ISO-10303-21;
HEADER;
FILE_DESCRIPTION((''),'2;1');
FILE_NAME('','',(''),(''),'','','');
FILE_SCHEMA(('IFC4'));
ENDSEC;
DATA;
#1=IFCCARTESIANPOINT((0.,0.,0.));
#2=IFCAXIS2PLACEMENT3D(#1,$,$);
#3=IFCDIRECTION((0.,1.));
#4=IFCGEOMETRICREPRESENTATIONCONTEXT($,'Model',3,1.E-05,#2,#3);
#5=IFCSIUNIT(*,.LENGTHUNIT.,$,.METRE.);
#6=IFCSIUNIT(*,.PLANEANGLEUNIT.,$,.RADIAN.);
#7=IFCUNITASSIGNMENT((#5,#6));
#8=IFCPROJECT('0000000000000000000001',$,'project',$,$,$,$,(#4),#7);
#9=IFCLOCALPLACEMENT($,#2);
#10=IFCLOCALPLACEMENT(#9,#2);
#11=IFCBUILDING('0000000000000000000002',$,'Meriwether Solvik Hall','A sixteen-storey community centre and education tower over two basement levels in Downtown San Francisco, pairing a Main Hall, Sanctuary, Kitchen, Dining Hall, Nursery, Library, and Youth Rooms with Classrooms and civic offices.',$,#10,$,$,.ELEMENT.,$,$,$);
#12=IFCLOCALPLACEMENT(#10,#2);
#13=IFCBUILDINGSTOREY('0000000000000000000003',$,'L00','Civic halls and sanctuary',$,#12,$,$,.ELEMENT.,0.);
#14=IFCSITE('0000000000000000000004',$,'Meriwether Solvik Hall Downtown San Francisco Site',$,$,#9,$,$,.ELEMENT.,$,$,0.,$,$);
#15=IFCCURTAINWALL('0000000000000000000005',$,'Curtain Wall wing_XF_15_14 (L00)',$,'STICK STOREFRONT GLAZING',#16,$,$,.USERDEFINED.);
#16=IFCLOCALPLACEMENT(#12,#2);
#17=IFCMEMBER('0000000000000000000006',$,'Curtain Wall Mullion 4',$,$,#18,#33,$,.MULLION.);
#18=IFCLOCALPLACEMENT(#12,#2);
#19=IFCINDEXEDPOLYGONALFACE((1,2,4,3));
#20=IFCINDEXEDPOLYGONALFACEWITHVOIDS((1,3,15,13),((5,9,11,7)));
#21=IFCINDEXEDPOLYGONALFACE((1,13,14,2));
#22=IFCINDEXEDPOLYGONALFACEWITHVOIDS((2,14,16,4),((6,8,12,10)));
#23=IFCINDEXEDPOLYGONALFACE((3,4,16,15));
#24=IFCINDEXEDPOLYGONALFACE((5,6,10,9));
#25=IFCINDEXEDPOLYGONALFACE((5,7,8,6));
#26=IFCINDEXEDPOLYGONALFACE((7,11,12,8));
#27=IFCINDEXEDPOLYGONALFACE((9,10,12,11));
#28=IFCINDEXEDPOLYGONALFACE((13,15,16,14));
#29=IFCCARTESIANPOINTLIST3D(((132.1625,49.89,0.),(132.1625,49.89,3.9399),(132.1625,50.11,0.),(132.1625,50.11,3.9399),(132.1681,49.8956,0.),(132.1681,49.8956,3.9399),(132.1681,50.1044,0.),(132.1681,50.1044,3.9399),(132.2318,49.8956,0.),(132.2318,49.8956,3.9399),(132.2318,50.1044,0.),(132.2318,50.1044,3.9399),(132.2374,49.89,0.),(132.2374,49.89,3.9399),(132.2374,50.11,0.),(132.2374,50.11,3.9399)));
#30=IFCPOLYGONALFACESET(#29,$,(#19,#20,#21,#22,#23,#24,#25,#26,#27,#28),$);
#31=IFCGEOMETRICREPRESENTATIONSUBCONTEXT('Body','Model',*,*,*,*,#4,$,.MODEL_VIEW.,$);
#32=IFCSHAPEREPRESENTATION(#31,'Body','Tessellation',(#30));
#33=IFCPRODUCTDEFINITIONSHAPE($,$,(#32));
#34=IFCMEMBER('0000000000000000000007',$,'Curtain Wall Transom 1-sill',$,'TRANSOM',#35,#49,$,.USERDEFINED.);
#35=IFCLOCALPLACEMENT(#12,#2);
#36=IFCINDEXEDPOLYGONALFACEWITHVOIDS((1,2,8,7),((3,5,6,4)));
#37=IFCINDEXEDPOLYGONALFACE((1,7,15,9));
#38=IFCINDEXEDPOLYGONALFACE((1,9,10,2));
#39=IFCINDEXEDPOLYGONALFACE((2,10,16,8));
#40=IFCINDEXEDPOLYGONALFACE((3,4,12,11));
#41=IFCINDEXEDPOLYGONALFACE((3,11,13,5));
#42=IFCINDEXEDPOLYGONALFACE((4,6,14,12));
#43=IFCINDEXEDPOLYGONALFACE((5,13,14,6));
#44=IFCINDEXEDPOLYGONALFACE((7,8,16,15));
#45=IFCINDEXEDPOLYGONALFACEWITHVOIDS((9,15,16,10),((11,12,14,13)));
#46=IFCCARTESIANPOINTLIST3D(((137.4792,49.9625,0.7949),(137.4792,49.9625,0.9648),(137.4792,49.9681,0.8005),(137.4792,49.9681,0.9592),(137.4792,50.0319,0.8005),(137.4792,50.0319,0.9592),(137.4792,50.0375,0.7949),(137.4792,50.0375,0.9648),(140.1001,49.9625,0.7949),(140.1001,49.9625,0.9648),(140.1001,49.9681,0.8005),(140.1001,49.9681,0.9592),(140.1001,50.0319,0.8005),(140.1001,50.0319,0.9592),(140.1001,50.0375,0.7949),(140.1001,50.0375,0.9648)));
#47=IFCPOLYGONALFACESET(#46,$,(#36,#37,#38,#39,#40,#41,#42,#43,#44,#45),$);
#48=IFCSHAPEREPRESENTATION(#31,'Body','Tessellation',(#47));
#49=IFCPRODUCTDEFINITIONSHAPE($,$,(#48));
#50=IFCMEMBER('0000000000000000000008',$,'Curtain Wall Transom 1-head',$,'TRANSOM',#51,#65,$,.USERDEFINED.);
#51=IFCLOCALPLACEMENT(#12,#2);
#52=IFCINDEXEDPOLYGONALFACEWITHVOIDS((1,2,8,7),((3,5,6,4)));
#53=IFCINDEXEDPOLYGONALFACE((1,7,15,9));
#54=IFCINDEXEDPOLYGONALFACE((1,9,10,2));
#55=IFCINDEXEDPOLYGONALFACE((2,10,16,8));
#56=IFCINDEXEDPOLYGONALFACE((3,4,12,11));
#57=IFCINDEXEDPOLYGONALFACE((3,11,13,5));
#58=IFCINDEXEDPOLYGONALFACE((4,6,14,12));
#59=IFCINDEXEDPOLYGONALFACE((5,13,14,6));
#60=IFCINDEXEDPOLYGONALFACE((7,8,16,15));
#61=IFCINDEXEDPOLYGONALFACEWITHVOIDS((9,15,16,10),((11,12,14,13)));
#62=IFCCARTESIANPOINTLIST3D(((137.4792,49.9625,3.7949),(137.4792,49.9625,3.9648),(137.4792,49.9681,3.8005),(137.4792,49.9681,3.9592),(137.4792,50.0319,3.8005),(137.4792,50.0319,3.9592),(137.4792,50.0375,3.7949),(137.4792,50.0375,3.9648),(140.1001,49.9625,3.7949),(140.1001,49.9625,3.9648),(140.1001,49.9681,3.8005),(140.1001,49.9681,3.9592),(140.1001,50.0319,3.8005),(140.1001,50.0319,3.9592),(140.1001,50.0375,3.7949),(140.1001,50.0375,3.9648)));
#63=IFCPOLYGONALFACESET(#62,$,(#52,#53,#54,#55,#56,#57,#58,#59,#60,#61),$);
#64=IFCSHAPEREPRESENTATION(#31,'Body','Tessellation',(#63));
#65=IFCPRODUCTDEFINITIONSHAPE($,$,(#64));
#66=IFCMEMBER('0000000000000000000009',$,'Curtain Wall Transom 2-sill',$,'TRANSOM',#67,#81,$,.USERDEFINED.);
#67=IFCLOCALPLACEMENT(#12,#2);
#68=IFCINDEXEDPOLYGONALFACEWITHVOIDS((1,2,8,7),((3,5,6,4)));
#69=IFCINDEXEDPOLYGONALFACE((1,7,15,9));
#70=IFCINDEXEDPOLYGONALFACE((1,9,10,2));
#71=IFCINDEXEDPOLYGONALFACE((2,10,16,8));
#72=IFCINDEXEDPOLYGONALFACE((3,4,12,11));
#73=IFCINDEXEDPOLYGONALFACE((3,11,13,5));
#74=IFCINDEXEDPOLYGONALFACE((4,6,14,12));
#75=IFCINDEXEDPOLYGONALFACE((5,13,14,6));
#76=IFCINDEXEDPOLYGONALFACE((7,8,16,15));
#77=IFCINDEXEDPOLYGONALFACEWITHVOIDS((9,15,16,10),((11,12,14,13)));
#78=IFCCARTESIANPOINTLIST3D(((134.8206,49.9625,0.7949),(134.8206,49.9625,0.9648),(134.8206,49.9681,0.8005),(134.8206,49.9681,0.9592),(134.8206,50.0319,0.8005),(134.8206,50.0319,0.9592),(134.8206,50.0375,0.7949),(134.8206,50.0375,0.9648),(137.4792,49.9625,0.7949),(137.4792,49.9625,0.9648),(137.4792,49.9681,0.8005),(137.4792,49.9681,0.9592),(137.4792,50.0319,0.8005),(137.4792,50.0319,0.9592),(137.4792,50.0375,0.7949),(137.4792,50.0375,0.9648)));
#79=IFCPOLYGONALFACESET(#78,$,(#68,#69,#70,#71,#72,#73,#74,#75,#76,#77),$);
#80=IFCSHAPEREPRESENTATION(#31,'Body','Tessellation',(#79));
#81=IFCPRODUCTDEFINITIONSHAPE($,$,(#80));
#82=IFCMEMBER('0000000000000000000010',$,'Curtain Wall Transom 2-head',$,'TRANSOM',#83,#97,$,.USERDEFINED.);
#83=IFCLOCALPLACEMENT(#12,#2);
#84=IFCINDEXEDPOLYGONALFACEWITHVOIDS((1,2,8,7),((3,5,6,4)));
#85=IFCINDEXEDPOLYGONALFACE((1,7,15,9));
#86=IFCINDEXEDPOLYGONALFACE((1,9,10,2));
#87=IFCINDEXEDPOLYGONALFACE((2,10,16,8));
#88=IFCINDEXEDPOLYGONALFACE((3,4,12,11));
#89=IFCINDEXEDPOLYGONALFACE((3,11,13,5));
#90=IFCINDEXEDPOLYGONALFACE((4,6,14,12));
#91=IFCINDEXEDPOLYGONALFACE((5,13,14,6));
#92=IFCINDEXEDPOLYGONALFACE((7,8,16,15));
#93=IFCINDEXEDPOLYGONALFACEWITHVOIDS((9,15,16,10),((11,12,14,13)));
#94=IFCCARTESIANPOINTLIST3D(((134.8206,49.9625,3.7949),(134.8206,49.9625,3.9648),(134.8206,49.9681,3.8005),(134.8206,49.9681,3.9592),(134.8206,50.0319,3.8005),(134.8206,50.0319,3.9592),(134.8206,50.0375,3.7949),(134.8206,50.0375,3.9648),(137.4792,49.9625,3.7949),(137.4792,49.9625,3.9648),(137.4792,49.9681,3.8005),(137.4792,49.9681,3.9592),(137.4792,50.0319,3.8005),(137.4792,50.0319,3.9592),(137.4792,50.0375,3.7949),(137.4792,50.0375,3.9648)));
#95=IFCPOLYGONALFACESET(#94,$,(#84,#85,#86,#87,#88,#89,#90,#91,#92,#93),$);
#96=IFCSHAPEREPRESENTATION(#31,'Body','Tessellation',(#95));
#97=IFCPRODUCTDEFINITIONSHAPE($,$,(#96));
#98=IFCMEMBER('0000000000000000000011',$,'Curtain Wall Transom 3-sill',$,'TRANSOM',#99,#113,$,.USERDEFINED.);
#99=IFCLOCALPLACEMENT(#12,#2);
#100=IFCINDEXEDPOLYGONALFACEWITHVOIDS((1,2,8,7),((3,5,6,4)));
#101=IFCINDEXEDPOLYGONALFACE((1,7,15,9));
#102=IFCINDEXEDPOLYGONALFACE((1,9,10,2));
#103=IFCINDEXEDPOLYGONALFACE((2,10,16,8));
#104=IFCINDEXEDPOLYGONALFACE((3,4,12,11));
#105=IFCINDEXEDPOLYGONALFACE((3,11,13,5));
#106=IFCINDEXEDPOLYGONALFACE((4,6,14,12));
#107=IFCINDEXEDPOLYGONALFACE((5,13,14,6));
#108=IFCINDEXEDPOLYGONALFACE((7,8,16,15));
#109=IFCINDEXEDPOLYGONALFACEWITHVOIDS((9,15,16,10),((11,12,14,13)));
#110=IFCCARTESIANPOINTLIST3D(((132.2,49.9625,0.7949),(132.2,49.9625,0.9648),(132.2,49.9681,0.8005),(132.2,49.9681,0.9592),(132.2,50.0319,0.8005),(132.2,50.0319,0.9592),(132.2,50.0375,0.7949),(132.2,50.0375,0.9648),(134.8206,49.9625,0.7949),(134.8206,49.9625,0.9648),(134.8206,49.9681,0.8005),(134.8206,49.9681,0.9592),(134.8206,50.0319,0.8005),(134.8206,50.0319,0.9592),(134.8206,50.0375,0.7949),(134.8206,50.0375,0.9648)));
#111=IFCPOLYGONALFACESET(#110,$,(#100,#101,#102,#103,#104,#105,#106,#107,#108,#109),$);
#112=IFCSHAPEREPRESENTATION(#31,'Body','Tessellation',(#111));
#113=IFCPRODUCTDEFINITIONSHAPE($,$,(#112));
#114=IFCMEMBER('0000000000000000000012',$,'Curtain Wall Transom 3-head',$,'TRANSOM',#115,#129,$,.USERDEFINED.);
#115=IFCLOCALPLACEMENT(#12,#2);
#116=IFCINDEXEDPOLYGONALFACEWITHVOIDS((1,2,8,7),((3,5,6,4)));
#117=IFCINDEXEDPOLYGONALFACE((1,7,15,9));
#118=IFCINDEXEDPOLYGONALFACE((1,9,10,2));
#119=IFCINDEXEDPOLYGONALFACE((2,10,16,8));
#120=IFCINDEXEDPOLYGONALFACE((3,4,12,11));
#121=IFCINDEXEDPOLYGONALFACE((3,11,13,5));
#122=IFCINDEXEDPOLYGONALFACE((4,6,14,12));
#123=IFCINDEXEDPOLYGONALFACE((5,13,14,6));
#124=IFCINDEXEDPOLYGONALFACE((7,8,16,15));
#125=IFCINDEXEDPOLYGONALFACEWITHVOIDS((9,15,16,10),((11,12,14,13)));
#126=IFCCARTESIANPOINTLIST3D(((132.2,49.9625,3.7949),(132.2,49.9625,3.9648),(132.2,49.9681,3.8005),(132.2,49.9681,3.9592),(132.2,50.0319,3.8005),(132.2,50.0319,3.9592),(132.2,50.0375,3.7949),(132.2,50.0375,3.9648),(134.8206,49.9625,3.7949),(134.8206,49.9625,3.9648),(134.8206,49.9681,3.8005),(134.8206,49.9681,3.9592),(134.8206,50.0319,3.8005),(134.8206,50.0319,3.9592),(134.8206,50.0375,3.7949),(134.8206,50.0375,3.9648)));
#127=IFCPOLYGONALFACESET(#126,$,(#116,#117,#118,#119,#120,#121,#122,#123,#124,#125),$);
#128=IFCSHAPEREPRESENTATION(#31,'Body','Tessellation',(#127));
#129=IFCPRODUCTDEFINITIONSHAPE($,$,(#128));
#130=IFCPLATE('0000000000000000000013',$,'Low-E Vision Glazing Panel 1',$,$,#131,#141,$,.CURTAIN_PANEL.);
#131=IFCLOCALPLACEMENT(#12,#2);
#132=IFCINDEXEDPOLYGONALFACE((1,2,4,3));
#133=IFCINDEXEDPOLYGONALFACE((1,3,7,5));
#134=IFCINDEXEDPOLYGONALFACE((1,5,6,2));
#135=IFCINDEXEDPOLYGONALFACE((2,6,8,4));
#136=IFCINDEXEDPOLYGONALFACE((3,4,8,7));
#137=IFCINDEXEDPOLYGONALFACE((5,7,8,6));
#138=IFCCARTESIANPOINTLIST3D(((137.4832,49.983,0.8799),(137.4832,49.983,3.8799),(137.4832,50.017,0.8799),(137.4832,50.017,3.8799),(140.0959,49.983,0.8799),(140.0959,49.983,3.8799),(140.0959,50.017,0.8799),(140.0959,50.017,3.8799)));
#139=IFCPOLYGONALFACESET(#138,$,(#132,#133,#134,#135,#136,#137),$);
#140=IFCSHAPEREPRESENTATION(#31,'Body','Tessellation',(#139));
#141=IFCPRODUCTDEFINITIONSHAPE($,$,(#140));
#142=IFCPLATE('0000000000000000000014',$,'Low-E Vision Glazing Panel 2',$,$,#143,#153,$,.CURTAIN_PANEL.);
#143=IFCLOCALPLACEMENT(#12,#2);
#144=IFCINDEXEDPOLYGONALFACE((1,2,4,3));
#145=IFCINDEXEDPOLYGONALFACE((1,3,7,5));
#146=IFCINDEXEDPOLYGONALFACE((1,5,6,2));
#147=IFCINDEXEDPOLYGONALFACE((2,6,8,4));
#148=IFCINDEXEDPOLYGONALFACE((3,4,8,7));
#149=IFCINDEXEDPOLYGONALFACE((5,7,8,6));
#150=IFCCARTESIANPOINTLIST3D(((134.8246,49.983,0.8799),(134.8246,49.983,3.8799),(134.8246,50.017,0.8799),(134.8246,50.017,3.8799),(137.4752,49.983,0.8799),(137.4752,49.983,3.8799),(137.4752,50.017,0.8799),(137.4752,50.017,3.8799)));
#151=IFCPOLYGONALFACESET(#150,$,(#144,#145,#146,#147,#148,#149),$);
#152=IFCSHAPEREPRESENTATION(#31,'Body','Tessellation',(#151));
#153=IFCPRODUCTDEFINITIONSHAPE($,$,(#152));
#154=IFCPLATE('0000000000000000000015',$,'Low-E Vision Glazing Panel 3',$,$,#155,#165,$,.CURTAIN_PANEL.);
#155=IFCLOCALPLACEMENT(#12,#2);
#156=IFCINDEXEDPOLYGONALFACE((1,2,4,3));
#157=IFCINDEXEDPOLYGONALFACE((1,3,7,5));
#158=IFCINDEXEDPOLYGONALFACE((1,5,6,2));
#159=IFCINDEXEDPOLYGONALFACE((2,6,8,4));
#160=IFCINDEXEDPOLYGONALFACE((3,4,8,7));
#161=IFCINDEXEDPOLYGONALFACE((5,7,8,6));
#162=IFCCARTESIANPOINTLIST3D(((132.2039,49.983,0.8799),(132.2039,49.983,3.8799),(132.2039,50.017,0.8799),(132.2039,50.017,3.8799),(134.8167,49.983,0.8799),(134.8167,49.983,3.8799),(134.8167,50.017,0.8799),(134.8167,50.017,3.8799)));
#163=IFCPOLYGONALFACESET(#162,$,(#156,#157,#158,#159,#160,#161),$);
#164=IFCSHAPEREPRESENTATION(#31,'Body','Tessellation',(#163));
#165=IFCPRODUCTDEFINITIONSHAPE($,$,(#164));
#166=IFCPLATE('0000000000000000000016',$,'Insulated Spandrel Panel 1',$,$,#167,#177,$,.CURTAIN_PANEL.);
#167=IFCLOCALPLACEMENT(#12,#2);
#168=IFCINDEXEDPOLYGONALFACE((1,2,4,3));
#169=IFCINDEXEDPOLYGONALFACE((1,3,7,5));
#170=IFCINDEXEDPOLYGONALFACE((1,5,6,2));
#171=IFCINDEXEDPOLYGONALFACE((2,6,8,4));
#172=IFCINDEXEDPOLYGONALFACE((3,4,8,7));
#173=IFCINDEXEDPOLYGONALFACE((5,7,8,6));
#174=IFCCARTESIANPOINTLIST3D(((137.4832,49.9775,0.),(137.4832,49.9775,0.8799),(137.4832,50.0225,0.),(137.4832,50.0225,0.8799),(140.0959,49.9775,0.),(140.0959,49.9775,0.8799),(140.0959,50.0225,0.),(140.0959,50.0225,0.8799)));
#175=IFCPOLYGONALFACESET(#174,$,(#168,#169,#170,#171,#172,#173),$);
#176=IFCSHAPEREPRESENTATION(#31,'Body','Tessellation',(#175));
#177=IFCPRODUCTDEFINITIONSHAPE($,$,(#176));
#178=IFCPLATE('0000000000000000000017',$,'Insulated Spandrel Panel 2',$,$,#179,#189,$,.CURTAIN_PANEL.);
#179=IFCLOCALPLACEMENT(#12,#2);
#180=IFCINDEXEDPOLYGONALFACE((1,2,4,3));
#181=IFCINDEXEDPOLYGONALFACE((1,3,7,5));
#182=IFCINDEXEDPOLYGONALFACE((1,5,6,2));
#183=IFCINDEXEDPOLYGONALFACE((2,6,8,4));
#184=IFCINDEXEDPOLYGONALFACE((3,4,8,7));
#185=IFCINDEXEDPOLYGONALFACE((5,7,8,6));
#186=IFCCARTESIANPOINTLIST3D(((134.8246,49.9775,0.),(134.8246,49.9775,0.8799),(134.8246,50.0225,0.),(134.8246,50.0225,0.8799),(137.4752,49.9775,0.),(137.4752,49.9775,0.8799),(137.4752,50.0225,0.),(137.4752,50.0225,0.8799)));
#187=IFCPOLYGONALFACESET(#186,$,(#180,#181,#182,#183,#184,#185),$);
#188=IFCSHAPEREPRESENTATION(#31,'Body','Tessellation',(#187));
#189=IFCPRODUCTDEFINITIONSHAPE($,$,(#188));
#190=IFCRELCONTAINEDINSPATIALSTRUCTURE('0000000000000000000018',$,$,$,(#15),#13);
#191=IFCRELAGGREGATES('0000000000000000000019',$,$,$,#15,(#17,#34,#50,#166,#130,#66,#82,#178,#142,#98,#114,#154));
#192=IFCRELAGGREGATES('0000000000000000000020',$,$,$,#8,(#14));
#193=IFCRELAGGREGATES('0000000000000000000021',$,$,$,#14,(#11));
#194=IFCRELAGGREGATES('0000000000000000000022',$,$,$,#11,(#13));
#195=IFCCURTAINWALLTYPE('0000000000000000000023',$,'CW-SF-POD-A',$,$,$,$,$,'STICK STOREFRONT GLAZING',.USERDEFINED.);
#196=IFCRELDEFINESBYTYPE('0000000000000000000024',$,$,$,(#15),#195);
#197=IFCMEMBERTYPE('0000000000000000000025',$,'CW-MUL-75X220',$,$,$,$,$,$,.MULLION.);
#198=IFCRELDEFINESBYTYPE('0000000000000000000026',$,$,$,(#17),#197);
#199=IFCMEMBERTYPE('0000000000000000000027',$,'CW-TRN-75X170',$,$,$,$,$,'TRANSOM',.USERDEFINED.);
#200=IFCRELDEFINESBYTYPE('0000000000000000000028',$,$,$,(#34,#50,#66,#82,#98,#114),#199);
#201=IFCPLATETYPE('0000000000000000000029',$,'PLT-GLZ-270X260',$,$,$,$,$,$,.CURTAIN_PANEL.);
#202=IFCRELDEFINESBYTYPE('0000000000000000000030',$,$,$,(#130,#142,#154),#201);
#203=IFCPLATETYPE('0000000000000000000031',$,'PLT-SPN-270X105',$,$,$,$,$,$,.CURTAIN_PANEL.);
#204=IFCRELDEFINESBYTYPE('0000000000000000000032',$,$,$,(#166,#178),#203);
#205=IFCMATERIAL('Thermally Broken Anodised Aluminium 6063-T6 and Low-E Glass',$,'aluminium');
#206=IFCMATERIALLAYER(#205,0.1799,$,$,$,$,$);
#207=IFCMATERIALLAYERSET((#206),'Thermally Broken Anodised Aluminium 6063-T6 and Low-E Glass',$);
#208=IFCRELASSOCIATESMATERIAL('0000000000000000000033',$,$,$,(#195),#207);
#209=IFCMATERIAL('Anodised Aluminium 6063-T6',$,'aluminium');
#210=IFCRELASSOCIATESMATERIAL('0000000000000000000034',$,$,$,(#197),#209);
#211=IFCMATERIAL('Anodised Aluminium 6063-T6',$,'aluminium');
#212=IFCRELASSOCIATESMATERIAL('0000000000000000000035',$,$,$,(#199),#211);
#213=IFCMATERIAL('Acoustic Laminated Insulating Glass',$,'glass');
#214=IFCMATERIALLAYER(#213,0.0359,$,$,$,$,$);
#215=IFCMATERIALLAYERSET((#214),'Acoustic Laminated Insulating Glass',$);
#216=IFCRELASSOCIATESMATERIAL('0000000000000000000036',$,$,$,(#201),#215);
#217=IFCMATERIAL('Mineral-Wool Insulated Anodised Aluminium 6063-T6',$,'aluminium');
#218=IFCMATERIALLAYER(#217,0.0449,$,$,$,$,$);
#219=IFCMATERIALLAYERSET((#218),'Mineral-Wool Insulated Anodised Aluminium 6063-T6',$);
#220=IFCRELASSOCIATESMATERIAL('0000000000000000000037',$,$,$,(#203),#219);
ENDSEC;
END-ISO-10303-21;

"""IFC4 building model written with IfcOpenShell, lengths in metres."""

from ifc_helpers import new_model, si_unit, direction, frame, origin, origin_2d, place, context, subcontext, project, spatial, rectangle, hollow_rectangle, extrude, material, layer, layer_set, material_profile, profile_set, type_object, element, aggregate, save


model = new_model("IFC4")

# Units and contexts
model_context = context("Model", 3, precision=1e-05, world=origin(), true_north=direction((0.0, 1.0)))
body_context = subcontext(model_context, "Body", "Model", "MODEL_VIEW")
ifc_project = project(units=[si_unit("LENGTHUNIT", "METRE"), si_unit("PLANEANGLEUNIT", "RADIAN")], contexts=[model_context])

# Site, building, storey
site_placement = place(None, origin())
site = spatial("IfcSite", under=ifc_project, at=site_placement, Name="Meriwether Solvik Hall Downtown San Francisco Site", CompositionType="ELEMENT", RefElevation=0.0)
building_placement = place(site_placement, origin())
building = spatial("IfcBuilding", under=site, at=building_placement, Name="Meriwether Solvik Hall", Description="A sixteen-storey community centre and education tower over two basement levels in Downtown San Francisco, pairing a Main Hall, Sanctuary, Kitchen, Dining Hall, Nursery, Library, and Youth Rooms with Classrooms and civic offices.", CompositionType="ELEMENT")
storey_placement = place(building_placement, origin())
storey = spatial("IfcBuildingStorey", under=building, at=storey_placement, Name="L00", Description="Civic halls and sanctuary", CompositionType="ELEMENT", Elevation=0.0)

# Curtain wall, members, plates
ifc_material_1 = material(Name="Thermally Broken Anodised Aluminium 6063-T6 and Low-E Glass", Category="aluminium")
ifc_layer_1 = layer(ifc_material_1, 0.1799)
ifc_layer_set_1 = layer_set([ifc_layer_1], Name="Thermally Broken Anodised Aluminium 6063-T6 and Low-E Glass")
curtain_wall_type = type_object("IfcCurtainWallType", Name="CW-SF-POD-A", ElementType="STICK STOREFRONT GLAZING", PredefinedType="USERDEFINED", material=ifc_layer_set_1)
curtain_wall_placement = place(storey_placement, origin())
curtain_wall = element("IfcCurtainWall", 1, at=curtain_wall_placement, inside=storey, type_object=curtain_wall_type, Name="Curtain Wall wing_XF_15_14 (L00)", ObjectType="STICK STOREFRONT GLAZING", PredefinedType="USERDEFINED")
ifc_material_2 = material(Name="Anodised Aluminium 6063-T6", Category="aluminium")
ifc_material_profile_1 = material_profile(ifc_material_2, hollow_rectangle(XDim=0.075, YDim=0.22, WallThickness=0.0056, at=origin_2d()), Name="CWM-75X220")
ifc_profile_set_1 = profile_set([ifc_material_profile_1], Name="Anodised Aluminium 6063-T6")
member_type_1 = type_object("IfcMemberType", Name="CW-MUL-75X220", PredefinedType="MULLION", material=ifc_profile_set_1)
member_1_placement = place(storey_placement, frame((132.2, 50.0, 0.0), z_axis=(0.0, 0.0, 1.0), x_axis=(-1.0, 0.0, 0.0)))
member_1 = element("IfcMember", 2, at=member_1_placement, type_object=member_type_1, Name="Curtain Wall Mullion 4", PredefinedType="MULLION", context=body_context, shape_type="SweptSolid", body=[
    extrude(hollow_rectangle(XDim=0.075, YDim=0.22, WallThickness=0.0056, at=origin_2d()), origin(), (0.0, 0.0, 1.0), 3.9399),
])
ifc_material_3 = material(Name="Anodised Aluminium 6063-T6", Category="aluminium")
ifc_material_profile_2 = material_profile(ifc_material_3, hollow_rectangle(XDim=0.075, YDim=0.1699, WallThickness=0.0056, at=origin_2d()), Name="CWT-75X170")
ifc_profile_set_2 = profile_set([ifc_material_profile_2], Name="Anodised Aluminium 6063-T6")
member_type_2 = type_object("IfcMemberType", Name="CW-TRN-75X170", ElementType="TRANSOM", PredefinedType="USERDEFINED", material=ifc_profile_set_2)
member_2_placement = place(storey_placement, frame((140.1001, 50.0, 0.8799), z_axis=(-1.0, 0.0, 0.0), x_axis=(0.0, -1.0, 0.0)))
member_2 = element("IfcMember", 3, at=member_2_placement, type_object=member_type_2, Name="Curtain Wall Transom 1-sill", ObjectType="TRANSOM", PredefinedType="USERDEFINED", context=body_context, shape_type="SweptSolid", body=[
    extrude(hollow_rectangle(XDim=0.075, YDim=0.1699, WallThickness=0.0056, at=origin_2d()), origin(), (0.0, 0.0, 1.0), 2.6208),
])
member_3_placement = place(storey_placement, frame((140.1001, 50.0, 3.8799), z_axis=(-1.0, 0.0, 0.0), x_axis=(0.0, -1.0, 0.0)))
member_3 = element("IfcMember", 4, at=member_3_placement, type_object=member_type_2, Name="Curtain Wall Transom 1-head", ObjectType="TRANSOM", PredefinedType="USERDEFINED", context=body_context, shape_type="SweptSolid", body=[
    extrude(hollow_rectangle(XDim=0.075, YDim=0.1699, WallThickness=0.0056, at=origin_2d()), origin(), (0.0, 0.0, 1.0), 2.6208),
])
member_4_placement = place(storey_placement, frame((137.4792, 50.0, 0.8799), z_axis=(-1.0, 0.0, 0.0), x_axis=(0.0, -1.0, 0.0)))
member_4 = element("IfcMember", 5, at=member_4_placement, type_object=member_type_2, Name="Curtain Wall Transom 2-sill", ObjectType="TRANSOM", PredefinedType="USERDEFINED", context=body_context, shape_type="SweptSolid", body=[
    extrude(hollow_rectangle(XDim=0.075, YDim=0.1699, WallThickness=0.0056, at=origin_2d()), origin(), (0.0, 0.0, 1.0), 2.6587),
])
member_5_placement = place(storey_placement, frame((137.4792, 50.0, 3.8799), z_axis=(-1.0, 0.0, 0.0), x_axis=(0.0, -1.0, 0.0)))
member_5 = element("IfcMember", 6, at=member_5_placement, type_object=member_type_2, Name="Curtain Wall Transom 2-head", ObjectType="TRANSOM", PredefinedType="USERDEFINED", context=body_context, shape_type="SweptSolid", body=[
    extrude(hollow_rectangle(XDim=0.075, YDim=0.1699, WallThickness=0.0056, at=origin_2d()), origin(), (0.0, 0.0, 1.0), 2.6587),
])
member_6_placement = place(storey_placement, frame((134.8206, 50.0, 0.8799), z_axis=(-1.0, 0.0, 0.0), x_axis=(0.0, -1.0, 0.0)))
member_6 = element("IfcMember", 7, at=member_6_placement, type_object=member_type_2, Name="Curtain Wall Transom 3-sill", ObjectType="TRANSOM", PredefinedType="USERDEFINED", context=body_context, shape_type="SweptSolid", body=[
    extrude(hollow_rectangle(XDim=0.075, YDim=0.1699, WallThickness=0.0056, at=origin_2d()), origin(), (0.0, 0.0, 1.0), 2.6206),
])
member_7_placement = place(storey_placement, frame((134.8206, 50.0, 3.8799), z_axis=(-1.0, 0.0, 0.0), x_axis=(0.0, -1.0, 0.0)))
member_7 = element("IfcMember", 8, at=member_7_placement, type_object=member_type_2, Name="Curtain Wall Transom 3-head", ObjectType="TRANSOM", PredefinedType="USERDEFINED", context=body_context, shape_type="SweptSolid", body=[
    extrude(hollow_rectangle(XDim=0.075, YDim=0.1699, WallThickness=0.0056, at=origin_2d()), origin(), (0.0, 0.0, 1.0), 2.6206),
])
ifc_material_4 = material(Name="Acoustic Laminated Insulating Glass", Category="glass")
ifc_layer_2 = layer(ifc_material_4, 0.0359)
ifc_layer_set_2 = layer_set([ifc_layer_2], Name="Acoustic Laminated Insulating Glass")
plate_type_1 = type_object("IfcPlateType", Name="PLT-GLZ-270X260", PredefinedType="CURTAIN_PANEL", material=ifc_layer_set_2)
plate_1_placement = place(storey_placement, frame((138.7896, 50.0, 0.8799), z_axis=(0.0, 0.0, 1.0), x_axis=(-1.0, 0.0, 0.0)))
plate_1 = element("IfcPlate", 9, at=plate_1_placement, type_object=plate_type_1, Name="Low-E Vision Glazing Panel 1", PredefinedType="CURTAIN_PANEL", context=body_context, shape_type="SweptSolid", body=[
    extrude(rectangle(XDim=2.6128, YDim=0.0339, at=origin_2d()), origin(), (0.0, 0.0, 1.0), 3.0),
])
plate_2_placement = place(storey_placement, frame((136.1499, 50.0, 0.8799), z_axis=(0.0, 0.0, 1.0), x_axis=(-1.0, 0.0, 0.0)))
plate_2 = element("IfcPlate", 10, at=plate_2_placement, type_object=plate_type_1, Name="Low-E Vision Glazing Panel 2", PredefinedType="CURTAIN_PANEL", context=body_context, shape_type="SweptSolid", body=[
    extrude(rectangle(XDim=2.6506, YDim=0.0339, at=origin_2d()), origin(), (0.0, 0.0, 1.0), 3.0),
])
plate_3_placement = place(storey_placement, frame((133.5103, 50.0, 0.8799), z_axis=(0.0, 0.0, 1.0), x_axis=(-1.0, 0.0, 0.0)))
plate_3 = element("IfcPlate", 11, at=plate_3_placement, type_object=plate_type_1, Name="Low-E Vision Glazing Panel 3", PredefinedType="CURTAIN_PANEL", context=body_context, shape_type="SweptSolid", body=[
    extrude(rectangle(XDim=2.6128, YDim=0.0339, at=origin_2d()), origin(), (0.0, 0.0, 1.0), 3.0),
])
ifc_material_5 = material(Name="Mineral-Wool Insulated Anodised Aluminium 6063-T6", Category="aluminium")
ifc_layer_3 = layer(ifc_material_5, 0.0449)
ifc_layer_set_3 = layer_set([ifc_layer_3], Name="Mineral-Wool Insulated Anodised Aluminium 6063-T6")
plate_type_2 = type_object("IfcPlateType", Name="PLT-SPN-270X105", PredefinedType="CURTAIN_PANEL", material=ifc_layer_set_3)
plate_4_placement = place(storey_placement, frame((138.7896, 50.0, 0.0), z_axis=(0.0, 0.0, 1.0), x_axis=(-1.0, 0.0, 0.0)))
plate_4 = element("IfcPlate", 12, at=plate_4_placement, type_object=plate_type_2, Name="Insulated Spandrel Panel 1", PredefinedType="CURTAIN_PANEL", context=body_context, shape_type="SweptSolid", body=[
    extrude(rectangle(XDim=2.6128, YDim=0.0449, at=origin_2d()), origin(), (0.0, 0.0, 1.0), 0.8799),
])
plate_5_placement = place(storey_placement, frame((136.1499, 50.0, 0.0), z_axis=(0.0, 0.0, 1.0), x_axis=(-1.0, 0.0, 0.0)))
plate_5 = element("IfcPlate", 13, at=plate_5_placement, type_object=plate_type_2, Name="Insulated Spandrel Panel 2", PredefinedType="CURTAIN_PANEL", context=body_context, shape_type="SweptSolid", body=[
    extrude(rectangle(XDim=2.6506, YDim=0.0449, at=origin_2d()), origin(), (0.0, 0.0, 1.0), 0.8799),
])
aggregate(curtain_wall, [member_1, member_2, member_3, plate_4, plate_1, member_4, member_5, plate_5, plate_2, member_6, member_7, plate_3])

save(model, "model.ifc")
